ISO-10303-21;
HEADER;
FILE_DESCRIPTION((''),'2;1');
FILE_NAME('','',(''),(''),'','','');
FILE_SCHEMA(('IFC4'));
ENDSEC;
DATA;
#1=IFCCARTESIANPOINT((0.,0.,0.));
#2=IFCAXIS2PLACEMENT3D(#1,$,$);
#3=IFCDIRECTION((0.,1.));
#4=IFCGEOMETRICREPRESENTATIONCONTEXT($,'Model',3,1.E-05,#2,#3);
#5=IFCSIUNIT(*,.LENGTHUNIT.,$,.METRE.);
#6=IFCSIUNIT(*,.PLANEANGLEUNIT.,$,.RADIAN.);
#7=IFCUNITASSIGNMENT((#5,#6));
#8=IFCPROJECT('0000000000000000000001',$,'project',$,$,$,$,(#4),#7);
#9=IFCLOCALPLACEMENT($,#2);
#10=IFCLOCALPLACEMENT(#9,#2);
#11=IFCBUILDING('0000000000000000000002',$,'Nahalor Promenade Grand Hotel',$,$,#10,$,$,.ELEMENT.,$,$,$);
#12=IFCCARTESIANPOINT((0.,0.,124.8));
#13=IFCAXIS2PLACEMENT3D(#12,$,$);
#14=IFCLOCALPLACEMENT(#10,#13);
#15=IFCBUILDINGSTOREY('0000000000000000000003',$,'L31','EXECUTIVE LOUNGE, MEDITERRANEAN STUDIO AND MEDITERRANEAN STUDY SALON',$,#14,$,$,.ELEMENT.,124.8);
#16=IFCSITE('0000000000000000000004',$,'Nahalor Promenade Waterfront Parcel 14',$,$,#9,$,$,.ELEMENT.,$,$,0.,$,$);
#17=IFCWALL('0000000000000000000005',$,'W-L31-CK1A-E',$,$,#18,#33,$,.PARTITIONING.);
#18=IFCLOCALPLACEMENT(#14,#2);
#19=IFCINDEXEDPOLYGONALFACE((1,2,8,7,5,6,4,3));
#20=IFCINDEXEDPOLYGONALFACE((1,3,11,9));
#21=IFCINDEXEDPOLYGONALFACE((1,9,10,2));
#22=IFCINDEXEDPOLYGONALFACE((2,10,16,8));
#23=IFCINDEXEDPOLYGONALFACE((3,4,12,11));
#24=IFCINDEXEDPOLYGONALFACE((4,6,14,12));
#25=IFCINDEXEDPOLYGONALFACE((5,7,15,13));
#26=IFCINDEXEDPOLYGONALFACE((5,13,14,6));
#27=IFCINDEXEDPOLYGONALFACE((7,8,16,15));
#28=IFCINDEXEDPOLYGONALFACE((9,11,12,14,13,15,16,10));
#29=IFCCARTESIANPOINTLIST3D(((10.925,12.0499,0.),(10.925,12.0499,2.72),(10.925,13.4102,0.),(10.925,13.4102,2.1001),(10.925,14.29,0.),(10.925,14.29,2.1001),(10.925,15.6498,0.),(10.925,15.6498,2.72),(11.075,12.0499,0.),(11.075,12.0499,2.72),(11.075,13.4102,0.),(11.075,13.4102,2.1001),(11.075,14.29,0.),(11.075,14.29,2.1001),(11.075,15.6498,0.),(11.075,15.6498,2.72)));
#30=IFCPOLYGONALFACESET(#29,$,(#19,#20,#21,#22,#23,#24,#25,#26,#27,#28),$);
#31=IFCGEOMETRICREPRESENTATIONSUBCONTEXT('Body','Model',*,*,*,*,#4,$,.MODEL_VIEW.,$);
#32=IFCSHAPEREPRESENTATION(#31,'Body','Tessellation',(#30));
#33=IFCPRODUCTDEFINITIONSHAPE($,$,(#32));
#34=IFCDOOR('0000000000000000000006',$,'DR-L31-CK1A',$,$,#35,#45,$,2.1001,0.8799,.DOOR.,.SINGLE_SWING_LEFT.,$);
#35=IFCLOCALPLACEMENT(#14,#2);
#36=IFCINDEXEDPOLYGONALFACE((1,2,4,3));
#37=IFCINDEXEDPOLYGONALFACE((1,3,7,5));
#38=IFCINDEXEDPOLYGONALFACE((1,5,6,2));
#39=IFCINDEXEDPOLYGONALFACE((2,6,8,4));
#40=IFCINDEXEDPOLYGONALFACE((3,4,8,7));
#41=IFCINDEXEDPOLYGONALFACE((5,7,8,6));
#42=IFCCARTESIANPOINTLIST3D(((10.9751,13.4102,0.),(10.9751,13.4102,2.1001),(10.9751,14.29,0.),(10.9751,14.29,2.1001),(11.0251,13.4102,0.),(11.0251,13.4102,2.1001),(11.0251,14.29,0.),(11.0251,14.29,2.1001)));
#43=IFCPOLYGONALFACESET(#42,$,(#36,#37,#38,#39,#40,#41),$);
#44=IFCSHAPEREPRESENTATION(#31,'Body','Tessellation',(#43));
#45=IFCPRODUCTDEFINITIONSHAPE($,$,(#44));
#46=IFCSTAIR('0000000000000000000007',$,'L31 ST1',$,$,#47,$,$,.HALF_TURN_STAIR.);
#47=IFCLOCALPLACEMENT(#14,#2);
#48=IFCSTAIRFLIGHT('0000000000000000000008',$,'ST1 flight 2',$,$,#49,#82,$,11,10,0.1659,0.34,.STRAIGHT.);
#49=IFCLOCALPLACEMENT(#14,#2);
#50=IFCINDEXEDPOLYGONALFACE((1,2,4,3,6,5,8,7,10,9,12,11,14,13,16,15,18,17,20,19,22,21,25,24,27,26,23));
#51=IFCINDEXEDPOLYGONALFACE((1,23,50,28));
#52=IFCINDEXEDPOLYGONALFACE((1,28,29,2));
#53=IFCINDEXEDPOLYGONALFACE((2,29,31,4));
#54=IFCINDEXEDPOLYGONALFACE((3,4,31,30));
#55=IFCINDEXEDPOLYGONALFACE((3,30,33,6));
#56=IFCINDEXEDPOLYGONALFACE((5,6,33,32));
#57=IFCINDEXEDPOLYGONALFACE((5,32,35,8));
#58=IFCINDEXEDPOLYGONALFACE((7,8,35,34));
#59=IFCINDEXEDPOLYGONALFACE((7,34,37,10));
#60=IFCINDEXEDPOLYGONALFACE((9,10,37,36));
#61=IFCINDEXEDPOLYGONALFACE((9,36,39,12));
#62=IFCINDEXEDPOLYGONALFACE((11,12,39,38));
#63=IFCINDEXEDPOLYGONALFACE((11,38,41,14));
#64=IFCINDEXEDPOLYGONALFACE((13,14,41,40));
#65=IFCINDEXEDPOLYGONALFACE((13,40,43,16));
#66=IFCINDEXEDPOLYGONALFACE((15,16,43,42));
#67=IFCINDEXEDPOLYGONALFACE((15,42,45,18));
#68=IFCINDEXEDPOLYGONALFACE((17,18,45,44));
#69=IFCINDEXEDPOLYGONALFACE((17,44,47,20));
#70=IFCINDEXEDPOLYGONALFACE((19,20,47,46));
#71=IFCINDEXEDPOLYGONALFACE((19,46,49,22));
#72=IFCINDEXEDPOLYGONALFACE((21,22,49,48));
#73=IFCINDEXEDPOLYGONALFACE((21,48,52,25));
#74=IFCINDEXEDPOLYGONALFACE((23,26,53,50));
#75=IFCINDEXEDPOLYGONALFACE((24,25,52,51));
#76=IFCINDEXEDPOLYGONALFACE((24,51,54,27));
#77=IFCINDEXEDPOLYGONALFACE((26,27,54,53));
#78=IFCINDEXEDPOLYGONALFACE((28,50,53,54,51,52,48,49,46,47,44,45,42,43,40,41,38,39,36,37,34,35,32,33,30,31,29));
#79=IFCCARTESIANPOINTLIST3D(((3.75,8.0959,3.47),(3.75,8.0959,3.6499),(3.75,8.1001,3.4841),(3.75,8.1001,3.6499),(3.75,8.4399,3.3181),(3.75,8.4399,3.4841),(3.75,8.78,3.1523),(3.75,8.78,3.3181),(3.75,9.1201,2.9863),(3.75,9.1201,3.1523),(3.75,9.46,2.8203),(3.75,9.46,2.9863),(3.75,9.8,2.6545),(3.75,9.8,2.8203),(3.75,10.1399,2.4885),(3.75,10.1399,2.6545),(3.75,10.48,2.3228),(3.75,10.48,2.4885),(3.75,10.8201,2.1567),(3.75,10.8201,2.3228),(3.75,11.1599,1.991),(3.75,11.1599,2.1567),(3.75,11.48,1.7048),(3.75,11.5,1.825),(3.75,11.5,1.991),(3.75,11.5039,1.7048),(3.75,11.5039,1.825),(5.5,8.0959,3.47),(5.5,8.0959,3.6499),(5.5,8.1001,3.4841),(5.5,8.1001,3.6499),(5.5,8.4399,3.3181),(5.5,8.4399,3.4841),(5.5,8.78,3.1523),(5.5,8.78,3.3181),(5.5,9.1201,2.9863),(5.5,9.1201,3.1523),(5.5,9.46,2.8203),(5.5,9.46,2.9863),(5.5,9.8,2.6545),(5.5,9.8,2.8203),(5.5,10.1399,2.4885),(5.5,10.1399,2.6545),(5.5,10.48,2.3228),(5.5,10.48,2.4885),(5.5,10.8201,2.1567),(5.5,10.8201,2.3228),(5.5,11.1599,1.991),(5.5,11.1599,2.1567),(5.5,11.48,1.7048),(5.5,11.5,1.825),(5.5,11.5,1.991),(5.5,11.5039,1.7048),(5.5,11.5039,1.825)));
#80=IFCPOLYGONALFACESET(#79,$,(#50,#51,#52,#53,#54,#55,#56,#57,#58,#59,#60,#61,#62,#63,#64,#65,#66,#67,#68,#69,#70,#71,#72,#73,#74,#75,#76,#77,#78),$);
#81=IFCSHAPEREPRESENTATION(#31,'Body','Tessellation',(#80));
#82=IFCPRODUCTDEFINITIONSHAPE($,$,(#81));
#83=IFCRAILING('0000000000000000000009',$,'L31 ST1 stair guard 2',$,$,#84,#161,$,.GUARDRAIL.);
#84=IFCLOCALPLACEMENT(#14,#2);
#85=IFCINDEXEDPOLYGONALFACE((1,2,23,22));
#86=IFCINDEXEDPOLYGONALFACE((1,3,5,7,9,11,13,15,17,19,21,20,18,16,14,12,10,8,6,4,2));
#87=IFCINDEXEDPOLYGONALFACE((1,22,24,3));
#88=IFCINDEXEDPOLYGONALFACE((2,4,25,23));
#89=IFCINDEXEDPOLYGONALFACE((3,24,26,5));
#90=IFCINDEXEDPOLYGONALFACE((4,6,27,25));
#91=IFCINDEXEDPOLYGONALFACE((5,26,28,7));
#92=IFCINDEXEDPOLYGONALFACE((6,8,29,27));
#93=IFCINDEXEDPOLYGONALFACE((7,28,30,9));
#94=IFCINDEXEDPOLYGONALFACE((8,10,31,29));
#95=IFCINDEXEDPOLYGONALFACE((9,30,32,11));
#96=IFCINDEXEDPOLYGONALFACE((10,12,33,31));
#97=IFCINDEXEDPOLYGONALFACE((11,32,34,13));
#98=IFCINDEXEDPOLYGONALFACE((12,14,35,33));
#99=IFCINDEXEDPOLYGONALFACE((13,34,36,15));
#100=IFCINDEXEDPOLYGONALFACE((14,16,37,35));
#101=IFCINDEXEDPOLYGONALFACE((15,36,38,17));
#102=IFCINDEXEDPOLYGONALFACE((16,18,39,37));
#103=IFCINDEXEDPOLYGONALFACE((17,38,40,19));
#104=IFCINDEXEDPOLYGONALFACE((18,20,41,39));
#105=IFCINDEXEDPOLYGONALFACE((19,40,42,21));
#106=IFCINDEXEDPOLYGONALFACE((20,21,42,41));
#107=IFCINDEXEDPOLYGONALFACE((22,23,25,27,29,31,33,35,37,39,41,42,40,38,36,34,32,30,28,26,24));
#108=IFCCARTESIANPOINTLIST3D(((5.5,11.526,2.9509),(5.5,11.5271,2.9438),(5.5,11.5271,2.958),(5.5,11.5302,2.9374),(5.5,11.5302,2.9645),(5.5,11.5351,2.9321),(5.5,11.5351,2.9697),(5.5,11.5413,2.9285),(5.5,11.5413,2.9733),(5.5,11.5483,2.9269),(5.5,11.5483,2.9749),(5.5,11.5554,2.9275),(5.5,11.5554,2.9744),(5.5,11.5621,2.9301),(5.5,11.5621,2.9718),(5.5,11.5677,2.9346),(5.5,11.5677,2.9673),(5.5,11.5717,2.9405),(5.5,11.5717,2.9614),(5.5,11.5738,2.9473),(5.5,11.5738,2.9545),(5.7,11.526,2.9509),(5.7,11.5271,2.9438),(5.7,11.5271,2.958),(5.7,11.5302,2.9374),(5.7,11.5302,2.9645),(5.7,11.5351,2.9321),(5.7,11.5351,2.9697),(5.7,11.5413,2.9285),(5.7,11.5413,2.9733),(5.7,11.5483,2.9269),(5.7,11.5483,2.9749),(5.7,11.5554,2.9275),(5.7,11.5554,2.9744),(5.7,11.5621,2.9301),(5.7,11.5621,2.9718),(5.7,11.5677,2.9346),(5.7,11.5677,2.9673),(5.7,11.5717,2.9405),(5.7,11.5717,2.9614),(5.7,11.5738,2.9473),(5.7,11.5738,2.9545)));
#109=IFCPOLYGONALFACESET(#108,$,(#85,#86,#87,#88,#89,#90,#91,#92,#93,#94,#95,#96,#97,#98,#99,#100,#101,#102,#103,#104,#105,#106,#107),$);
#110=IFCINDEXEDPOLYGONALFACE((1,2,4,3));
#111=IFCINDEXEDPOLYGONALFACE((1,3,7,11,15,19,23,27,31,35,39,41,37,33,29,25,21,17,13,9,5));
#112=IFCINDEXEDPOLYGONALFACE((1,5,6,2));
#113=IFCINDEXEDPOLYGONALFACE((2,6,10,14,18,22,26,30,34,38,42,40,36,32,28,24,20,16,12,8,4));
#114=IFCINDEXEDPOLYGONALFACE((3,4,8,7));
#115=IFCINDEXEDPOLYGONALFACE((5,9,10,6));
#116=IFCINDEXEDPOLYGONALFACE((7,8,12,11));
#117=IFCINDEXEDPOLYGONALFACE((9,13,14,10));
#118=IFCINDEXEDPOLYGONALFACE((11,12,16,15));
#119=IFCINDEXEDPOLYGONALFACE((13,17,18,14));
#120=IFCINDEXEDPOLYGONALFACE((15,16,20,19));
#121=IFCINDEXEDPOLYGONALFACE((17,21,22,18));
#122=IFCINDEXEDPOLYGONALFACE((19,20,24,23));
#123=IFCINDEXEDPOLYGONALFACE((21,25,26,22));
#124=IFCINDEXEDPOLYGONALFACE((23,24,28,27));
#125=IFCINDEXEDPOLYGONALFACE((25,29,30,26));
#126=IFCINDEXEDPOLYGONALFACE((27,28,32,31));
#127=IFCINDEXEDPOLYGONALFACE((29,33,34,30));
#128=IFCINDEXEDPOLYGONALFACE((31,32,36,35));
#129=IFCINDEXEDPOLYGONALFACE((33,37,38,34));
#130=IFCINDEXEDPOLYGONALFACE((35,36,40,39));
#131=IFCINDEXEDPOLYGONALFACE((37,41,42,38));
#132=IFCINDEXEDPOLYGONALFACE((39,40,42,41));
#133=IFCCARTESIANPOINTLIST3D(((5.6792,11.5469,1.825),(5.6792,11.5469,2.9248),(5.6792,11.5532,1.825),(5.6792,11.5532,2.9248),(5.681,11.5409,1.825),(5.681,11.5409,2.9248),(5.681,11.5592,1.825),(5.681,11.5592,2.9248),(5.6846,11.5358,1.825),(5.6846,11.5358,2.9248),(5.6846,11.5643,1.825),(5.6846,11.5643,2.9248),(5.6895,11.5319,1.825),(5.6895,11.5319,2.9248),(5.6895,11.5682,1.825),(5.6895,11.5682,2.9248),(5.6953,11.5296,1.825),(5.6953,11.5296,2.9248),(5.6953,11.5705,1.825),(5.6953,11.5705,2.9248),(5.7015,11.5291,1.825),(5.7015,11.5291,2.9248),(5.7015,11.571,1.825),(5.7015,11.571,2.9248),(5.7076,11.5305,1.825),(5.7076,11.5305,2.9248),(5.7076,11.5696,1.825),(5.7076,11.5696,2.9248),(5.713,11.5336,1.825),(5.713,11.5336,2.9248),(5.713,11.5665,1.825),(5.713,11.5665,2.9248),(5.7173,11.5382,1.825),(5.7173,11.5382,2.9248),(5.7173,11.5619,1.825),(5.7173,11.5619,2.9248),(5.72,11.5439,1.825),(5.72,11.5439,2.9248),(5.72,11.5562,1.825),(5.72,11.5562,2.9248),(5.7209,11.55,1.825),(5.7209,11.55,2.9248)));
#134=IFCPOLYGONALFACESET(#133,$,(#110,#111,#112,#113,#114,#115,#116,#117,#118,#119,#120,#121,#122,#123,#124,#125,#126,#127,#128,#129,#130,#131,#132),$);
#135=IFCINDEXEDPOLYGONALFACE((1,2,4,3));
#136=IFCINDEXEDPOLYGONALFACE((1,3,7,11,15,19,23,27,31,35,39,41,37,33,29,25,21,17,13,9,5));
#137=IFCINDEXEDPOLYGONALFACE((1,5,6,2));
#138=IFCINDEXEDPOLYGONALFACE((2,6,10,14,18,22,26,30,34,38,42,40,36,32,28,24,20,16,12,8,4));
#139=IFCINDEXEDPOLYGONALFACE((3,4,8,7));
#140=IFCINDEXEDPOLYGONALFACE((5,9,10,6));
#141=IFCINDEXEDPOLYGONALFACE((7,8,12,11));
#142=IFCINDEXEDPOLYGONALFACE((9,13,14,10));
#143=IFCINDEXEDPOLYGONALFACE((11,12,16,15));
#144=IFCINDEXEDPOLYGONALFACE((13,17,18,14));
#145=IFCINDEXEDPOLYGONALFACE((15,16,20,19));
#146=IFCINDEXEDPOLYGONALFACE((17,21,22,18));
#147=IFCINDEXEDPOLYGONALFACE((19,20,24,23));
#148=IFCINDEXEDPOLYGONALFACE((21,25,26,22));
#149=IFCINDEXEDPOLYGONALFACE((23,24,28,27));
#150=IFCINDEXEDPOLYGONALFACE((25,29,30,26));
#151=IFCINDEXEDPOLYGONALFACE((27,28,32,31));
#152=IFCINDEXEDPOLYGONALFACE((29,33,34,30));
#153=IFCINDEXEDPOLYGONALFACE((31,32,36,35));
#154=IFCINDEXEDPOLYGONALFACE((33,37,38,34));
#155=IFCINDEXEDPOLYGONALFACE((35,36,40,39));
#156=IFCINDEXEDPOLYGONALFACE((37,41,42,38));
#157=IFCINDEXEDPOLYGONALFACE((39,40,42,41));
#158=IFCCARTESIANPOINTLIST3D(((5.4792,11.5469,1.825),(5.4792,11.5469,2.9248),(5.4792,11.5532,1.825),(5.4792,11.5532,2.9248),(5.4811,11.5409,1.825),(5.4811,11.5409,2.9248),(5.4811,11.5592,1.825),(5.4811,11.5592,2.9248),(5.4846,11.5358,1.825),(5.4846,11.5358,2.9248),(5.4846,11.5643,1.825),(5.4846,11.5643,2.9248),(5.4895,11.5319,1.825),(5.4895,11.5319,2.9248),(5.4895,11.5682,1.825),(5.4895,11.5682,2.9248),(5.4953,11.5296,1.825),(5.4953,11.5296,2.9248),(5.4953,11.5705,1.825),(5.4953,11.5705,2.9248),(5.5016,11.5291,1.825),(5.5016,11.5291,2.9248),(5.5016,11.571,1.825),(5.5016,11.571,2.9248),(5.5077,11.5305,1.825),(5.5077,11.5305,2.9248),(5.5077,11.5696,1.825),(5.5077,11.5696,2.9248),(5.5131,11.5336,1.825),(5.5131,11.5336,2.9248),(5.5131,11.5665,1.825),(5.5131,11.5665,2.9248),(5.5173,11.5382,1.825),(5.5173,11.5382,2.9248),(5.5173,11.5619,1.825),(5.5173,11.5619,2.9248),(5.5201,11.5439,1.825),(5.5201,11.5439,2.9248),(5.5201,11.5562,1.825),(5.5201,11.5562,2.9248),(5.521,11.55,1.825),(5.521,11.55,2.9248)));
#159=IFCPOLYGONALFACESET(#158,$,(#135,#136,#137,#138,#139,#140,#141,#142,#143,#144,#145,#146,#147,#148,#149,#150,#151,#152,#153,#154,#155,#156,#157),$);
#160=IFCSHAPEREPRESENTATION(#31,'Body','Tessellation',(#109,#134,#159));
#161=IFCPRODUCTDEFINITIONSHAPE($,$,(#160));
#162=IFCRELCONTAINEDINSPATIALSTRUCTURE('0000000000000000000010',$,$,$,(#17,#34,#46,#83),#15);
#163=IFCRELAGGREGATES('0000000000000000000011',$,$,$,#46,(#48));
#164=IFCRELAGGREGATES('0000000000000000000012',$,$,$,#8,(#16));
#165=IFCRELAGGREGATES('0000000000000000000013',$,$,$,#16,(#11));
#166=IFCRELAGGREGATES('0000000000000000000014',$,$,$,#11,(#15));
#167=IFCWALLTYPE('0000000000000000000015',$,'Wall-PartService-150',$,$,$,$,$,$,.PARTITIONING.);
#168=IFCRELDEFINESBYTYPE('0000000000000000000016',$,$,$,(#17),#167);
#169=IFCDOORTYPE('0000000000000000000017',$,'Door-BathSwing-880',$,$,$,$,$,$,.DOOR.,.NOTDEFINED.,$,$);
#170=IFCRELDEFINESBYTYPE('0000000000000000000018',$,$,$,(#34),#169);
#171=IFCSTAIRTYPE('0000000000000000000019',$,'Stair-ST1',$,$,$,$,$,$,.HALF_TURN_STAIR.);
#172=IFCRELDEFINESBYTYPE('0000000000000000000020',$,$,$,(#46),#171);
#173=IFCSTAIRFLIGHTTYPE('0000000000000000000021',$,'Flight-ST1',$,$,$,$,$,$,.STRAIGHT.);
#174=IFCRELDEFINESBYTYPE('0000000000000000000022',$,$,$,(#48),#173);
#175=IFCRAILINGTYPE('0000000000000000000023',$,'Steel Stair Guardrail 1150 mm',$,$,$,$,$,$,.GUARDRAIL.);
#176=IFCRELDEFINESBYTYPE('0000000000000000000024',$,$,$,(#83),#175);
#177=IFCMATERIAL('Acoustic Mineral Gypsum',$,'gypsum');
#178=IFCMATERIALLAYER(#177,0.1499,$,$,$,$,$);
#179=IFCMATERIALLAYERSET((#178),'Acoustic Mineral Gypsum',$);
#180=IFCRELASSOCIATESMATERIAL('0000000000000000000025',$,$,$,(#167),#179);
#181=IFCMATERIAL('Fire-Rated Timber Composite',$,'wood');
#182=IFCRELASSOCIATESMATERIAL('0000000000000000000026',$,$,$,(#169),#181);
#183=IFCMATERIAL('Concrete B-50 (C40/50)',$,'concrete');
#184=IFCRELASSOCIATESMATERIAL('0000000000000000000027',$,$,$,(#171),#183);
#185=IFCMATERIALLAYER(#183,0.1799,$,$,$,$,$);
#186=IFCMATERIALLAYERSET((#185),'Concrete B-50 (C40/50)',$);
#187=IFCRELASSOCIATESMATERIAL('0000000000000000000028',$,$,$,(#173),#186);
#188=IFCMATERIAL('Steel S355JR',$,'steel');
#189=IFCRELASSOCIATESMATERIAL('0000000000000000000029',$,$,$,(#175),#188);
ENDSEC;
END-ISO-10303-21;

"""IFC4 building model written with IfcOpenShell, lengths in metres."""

from ifc_helpers import new_model, si_unit, direction, frame, frame_2d, origin, origin_2d, place, context, subcontext, project, spatial, polyline, rectangle, circle, outline, extrude, source, transform, mapped, material, layer, layer_set, type_object, element, fill, aggregate, save


model = new_model("IFC4")

# Units and contexts
model_context = context("Model", 3, precision=1e-05, world=origin(), true_north=direction((0.0, 1.0)))
body_context = subcontext(model_context, "Body", "Model", "MODEL_VIEW")
ifc_project = project(units=[si_unit("LENGTHUNIT", "METRE"), si_unit("PLANEANGLEUNIT", "RADIAN")], contexts=[model_context])

# Site, building, storey
site_placement = place(None, origin())
site = spatial("IfcSite", under=ifc_project, at=site_placement, Name="Nahalor Promenade Waterfront Parcel 14", CompositionType="ELEMENT", RefElevation=0.0)
building_placement = place(site_placement, origin())
building = spatial("IfcBuilding", under=site, at=building_placement, Name="Nahalor Promenade Grand Hotel", CompositionType="ELEMENT")
storey_placement = place(building_placement, frame((0.0, 0.0, 124.8)))
storey = spatial("IfcBuildingStorey", under=building, at=storey_placement, Name="L31", Description="EXECUTIVE LOUNGE, MEDITERRANEAN STUDIO AND MEDITERRANEAN STUDY SALON", CompositionType="ELEMENT", Elevation=124.8)

# Shared definitions
ifc_material_1 = material(Name="Steel S355JR", Category="steel")

# Shared definitions
ifc_material_2 = material(Name="Concrete B-50 (C40/50)", Category="concrete")

# Shared definitions
ifc_material_3 = material(Name="Acoustic Mineral Gypsum", Category="gypsum")
ifc_layer_1 = layer(ifc_material_3, 0.1499)
ifc_layer_set_1 = layer_set([ifc_layer_1], Name="Acoustic Mineral Gypsum")
wall_type_1 = type_object("IfcWallType", Name="Wall-PartService-150", PredefinedType="PARTITIONING", material=ifc_layer_set_1)
shared_shape_1 = source(origin(), body_context, "Body", "SweptSolid", [
    extrude(rectangle(XDim=3.5999, YDim=0.1499, at=frame_2d((1.7998, 0.0))), origin(), (0.0, 0.0, 1.0), 2.72),
])

# Wall, opening, door
wall_1_placement = place(storey_placement, frame((11.0, 12.05, 0.0), z_axis=(0.0, 0.0, 1.0), x_axis=(0.0, 1.0, 0.0)))
wall_1 = element("IfcWall", 1, at=wall_1_placement, inside=storey, type_object=wall_type_1, Name="W-L31-CK1A-E", PredefinedType="PARTITIONING", context=body_context, shape_type="MappedRepresentation", body=[
    mapped(shared_shape_1, transform((0.0, 0.0, 0.0), scale=1.0)),
])
opening_1_placement = place(wall_1_placement, frame((1.3601, 0.0, 0.0)))
opening_1 = element("IfcOpeningElement", 2, at=opening_1_placement, cuts=wall_1, PredefinedType="OPENING", context=body_context, shape_type="SweptSolid", body=[
    extrude(rectangle(XDim=0.8799, YDim=2.1001, at=frame_2d((0.4399, 1.05))), frame((0.0, 0.085, 0.0), z_axis=(0.0, -1.0, 0.0), x_axis=(1.0, 0.0, 0.0)), (0.0, 0.0, 1.0), 0.1699),
])
ifc_material_4 = material(Name="Fire-Rated Timber Composite", Category="wood")
door_type_1 = type_object("IfcDoorType", Name="Door-BathSwing-880", OperationType="NOTDEFINED", PredefinedType="DOOR", material=ifc_material_4)
shared_shape_2 = source(origin(), body_context, "Body", "SweptSolid", [
    extrude(rectangle(XDim=0.8799, YDim=2.1001, at=frame_2d((0.4399, 1.05))), frame((0.0, 0.0249, 0.0), z_axis=(0.0, -1.0, 0.0), x_axis=(1.0, 0.0, 0.0)), (0.0, 0.0, 1.0), 0.05),
])
door_1_placement = place(opening_1_placement, origin())
door_1 = element("IfcDoor", 3, at=door_1_placement, inside=storey, type_object=door_type_1, Name="DR-L31-CK1A", OperationType="SINGLE_SWING_LEFT", OverallHeight=2.1001, OverallWidth=0.8799, PredefinedType="DOOR", context=body_context, shape_type="MappedRepresentation", body=[
    mapped(shared_shape_2, transform((0.0, 0.0, 0.0), scale=1.0)),
])
fill(opening_1, door_1)

# Stair, stair flight
stair_type = type_object("IfcStairType", Name="Stair-ST1", PredefinedType="HALF_TURN_STAIR", material=ifc_material_2)
stair_placement = place(storey_placement, origin())
stair = element("IfcStair", 4, at=stair_placement, inside=storey, type_object=stair_type, Name="L31 ST1", PredefinedType="HALF_TURN_STAIR")
ifc_layer_2 = layer(ifc_material_2, 0.1799)
ifc_layer_set_2 = layer_set([ifc_layer_2], Name="Concrete B-50 (C40/50)")
stair_flight_type = type_object("IfcStairFlightType", Name="Flight-ST1", PredefinedType="STRAIGHT", material=ifc_layer_set_2)
shared_shape_3 = source(origin(), body_context, "Body", "SweptSolid", [
    extrude(outline(polyline([(-0.0039, -0.1201), (-0.0039, 0.0), (0.0, 0.0), (0.0, 0.166), (0.3401, 0.166), (0.3401, 0.3318), (0.6799, 0.3318), (0.6799, 0.4978), (1.02, 0.4978), (1.02, 0.6636), (1.3601, 0.6636), (1.3601, 0.8296), (1.7, 0.8296), (1.7, 0.9954), (2.04, 0.9954), (2.04, 1.1614), (2.3799, 1.1614), (2.3799, 1.3274), (2.72, 1.3274), (2.72, 1.4932), (3.0601, 1.4932), (3.0601, 1.6592), (3.3999, 1.6592), (3.3999, 1.825), (3.4041, 1.825), (3.4041, 1.645), (0.02, -0.1201), (-0.0039, -0.1201)])), frame((0.0, 0.875, 0.0), z_axis=(0.0, -1.0, 0.0), x_axis=(1.0, 0.0, 0.0)), (0.0, 0.0, 1.0), 1.75),
])
stair_flight_placement = place(storey_placement, frame((4.625, 11.5, 1.825), z_axis=(0.0, 0.0, 1.0), x_axis=(0.0, -1.0, 0.0)))
stair_flight = element("IfcStairFlight", 5, at=stair_flight_placement, type_object=stair_flight_type, Name="ST1 flight 2", NumberOfRisers=11, NumberOfTreads=10, PredefinedType="STRAIGHT", RiserHeight=0.1659, TreadLength=0.34, context=body_context, shape_type="MappedRepresentation", body=[
    mapped(shared_shape_3, transform((0.0, 0.0, 0.0), scale=1.0)),
])
aggregate(stair, [stair_flight])

# Railing
railing_type_1 = type_object("IfcRailingType", Name="Steel Stair Guardrail 1150 mm", PredefinedType="GUARDRAIL", material=ifc_material_1)
railing_1_placement = place(storey_placement, frame((5.7, 11.55, 1.825)))
element("IfcRailing", 6, at=railing_1_placement, inside=storey, type_object=railing_type_1, Name="L31 ST1 stair guard 2", PredefinedType="GUARDRAIL", context=body_context, shape_type="SweptSolid", body=[
    extrude(circle(Radius=0.024, at=origin_2d()), frame((0.0, 0.0, 1.126), z_axis=(-1.0, 0.0, 0.0), x_axis=(0.0, -1.0, 0.0)), (0.0, 0.0, 1.0), 0.2),
    extrude(circle(Radius=0.021, at=origin_2d()), origin(), (0.0, 0.0, 1.0), 1.0999),
    extrude(circle(Radius=0.021, at=origin_2d()), frame((-0.2, 0.0, 0.0)), (0.0, 0.0, 1.0), 1.0999),
])

save(model, "model.ifc")
